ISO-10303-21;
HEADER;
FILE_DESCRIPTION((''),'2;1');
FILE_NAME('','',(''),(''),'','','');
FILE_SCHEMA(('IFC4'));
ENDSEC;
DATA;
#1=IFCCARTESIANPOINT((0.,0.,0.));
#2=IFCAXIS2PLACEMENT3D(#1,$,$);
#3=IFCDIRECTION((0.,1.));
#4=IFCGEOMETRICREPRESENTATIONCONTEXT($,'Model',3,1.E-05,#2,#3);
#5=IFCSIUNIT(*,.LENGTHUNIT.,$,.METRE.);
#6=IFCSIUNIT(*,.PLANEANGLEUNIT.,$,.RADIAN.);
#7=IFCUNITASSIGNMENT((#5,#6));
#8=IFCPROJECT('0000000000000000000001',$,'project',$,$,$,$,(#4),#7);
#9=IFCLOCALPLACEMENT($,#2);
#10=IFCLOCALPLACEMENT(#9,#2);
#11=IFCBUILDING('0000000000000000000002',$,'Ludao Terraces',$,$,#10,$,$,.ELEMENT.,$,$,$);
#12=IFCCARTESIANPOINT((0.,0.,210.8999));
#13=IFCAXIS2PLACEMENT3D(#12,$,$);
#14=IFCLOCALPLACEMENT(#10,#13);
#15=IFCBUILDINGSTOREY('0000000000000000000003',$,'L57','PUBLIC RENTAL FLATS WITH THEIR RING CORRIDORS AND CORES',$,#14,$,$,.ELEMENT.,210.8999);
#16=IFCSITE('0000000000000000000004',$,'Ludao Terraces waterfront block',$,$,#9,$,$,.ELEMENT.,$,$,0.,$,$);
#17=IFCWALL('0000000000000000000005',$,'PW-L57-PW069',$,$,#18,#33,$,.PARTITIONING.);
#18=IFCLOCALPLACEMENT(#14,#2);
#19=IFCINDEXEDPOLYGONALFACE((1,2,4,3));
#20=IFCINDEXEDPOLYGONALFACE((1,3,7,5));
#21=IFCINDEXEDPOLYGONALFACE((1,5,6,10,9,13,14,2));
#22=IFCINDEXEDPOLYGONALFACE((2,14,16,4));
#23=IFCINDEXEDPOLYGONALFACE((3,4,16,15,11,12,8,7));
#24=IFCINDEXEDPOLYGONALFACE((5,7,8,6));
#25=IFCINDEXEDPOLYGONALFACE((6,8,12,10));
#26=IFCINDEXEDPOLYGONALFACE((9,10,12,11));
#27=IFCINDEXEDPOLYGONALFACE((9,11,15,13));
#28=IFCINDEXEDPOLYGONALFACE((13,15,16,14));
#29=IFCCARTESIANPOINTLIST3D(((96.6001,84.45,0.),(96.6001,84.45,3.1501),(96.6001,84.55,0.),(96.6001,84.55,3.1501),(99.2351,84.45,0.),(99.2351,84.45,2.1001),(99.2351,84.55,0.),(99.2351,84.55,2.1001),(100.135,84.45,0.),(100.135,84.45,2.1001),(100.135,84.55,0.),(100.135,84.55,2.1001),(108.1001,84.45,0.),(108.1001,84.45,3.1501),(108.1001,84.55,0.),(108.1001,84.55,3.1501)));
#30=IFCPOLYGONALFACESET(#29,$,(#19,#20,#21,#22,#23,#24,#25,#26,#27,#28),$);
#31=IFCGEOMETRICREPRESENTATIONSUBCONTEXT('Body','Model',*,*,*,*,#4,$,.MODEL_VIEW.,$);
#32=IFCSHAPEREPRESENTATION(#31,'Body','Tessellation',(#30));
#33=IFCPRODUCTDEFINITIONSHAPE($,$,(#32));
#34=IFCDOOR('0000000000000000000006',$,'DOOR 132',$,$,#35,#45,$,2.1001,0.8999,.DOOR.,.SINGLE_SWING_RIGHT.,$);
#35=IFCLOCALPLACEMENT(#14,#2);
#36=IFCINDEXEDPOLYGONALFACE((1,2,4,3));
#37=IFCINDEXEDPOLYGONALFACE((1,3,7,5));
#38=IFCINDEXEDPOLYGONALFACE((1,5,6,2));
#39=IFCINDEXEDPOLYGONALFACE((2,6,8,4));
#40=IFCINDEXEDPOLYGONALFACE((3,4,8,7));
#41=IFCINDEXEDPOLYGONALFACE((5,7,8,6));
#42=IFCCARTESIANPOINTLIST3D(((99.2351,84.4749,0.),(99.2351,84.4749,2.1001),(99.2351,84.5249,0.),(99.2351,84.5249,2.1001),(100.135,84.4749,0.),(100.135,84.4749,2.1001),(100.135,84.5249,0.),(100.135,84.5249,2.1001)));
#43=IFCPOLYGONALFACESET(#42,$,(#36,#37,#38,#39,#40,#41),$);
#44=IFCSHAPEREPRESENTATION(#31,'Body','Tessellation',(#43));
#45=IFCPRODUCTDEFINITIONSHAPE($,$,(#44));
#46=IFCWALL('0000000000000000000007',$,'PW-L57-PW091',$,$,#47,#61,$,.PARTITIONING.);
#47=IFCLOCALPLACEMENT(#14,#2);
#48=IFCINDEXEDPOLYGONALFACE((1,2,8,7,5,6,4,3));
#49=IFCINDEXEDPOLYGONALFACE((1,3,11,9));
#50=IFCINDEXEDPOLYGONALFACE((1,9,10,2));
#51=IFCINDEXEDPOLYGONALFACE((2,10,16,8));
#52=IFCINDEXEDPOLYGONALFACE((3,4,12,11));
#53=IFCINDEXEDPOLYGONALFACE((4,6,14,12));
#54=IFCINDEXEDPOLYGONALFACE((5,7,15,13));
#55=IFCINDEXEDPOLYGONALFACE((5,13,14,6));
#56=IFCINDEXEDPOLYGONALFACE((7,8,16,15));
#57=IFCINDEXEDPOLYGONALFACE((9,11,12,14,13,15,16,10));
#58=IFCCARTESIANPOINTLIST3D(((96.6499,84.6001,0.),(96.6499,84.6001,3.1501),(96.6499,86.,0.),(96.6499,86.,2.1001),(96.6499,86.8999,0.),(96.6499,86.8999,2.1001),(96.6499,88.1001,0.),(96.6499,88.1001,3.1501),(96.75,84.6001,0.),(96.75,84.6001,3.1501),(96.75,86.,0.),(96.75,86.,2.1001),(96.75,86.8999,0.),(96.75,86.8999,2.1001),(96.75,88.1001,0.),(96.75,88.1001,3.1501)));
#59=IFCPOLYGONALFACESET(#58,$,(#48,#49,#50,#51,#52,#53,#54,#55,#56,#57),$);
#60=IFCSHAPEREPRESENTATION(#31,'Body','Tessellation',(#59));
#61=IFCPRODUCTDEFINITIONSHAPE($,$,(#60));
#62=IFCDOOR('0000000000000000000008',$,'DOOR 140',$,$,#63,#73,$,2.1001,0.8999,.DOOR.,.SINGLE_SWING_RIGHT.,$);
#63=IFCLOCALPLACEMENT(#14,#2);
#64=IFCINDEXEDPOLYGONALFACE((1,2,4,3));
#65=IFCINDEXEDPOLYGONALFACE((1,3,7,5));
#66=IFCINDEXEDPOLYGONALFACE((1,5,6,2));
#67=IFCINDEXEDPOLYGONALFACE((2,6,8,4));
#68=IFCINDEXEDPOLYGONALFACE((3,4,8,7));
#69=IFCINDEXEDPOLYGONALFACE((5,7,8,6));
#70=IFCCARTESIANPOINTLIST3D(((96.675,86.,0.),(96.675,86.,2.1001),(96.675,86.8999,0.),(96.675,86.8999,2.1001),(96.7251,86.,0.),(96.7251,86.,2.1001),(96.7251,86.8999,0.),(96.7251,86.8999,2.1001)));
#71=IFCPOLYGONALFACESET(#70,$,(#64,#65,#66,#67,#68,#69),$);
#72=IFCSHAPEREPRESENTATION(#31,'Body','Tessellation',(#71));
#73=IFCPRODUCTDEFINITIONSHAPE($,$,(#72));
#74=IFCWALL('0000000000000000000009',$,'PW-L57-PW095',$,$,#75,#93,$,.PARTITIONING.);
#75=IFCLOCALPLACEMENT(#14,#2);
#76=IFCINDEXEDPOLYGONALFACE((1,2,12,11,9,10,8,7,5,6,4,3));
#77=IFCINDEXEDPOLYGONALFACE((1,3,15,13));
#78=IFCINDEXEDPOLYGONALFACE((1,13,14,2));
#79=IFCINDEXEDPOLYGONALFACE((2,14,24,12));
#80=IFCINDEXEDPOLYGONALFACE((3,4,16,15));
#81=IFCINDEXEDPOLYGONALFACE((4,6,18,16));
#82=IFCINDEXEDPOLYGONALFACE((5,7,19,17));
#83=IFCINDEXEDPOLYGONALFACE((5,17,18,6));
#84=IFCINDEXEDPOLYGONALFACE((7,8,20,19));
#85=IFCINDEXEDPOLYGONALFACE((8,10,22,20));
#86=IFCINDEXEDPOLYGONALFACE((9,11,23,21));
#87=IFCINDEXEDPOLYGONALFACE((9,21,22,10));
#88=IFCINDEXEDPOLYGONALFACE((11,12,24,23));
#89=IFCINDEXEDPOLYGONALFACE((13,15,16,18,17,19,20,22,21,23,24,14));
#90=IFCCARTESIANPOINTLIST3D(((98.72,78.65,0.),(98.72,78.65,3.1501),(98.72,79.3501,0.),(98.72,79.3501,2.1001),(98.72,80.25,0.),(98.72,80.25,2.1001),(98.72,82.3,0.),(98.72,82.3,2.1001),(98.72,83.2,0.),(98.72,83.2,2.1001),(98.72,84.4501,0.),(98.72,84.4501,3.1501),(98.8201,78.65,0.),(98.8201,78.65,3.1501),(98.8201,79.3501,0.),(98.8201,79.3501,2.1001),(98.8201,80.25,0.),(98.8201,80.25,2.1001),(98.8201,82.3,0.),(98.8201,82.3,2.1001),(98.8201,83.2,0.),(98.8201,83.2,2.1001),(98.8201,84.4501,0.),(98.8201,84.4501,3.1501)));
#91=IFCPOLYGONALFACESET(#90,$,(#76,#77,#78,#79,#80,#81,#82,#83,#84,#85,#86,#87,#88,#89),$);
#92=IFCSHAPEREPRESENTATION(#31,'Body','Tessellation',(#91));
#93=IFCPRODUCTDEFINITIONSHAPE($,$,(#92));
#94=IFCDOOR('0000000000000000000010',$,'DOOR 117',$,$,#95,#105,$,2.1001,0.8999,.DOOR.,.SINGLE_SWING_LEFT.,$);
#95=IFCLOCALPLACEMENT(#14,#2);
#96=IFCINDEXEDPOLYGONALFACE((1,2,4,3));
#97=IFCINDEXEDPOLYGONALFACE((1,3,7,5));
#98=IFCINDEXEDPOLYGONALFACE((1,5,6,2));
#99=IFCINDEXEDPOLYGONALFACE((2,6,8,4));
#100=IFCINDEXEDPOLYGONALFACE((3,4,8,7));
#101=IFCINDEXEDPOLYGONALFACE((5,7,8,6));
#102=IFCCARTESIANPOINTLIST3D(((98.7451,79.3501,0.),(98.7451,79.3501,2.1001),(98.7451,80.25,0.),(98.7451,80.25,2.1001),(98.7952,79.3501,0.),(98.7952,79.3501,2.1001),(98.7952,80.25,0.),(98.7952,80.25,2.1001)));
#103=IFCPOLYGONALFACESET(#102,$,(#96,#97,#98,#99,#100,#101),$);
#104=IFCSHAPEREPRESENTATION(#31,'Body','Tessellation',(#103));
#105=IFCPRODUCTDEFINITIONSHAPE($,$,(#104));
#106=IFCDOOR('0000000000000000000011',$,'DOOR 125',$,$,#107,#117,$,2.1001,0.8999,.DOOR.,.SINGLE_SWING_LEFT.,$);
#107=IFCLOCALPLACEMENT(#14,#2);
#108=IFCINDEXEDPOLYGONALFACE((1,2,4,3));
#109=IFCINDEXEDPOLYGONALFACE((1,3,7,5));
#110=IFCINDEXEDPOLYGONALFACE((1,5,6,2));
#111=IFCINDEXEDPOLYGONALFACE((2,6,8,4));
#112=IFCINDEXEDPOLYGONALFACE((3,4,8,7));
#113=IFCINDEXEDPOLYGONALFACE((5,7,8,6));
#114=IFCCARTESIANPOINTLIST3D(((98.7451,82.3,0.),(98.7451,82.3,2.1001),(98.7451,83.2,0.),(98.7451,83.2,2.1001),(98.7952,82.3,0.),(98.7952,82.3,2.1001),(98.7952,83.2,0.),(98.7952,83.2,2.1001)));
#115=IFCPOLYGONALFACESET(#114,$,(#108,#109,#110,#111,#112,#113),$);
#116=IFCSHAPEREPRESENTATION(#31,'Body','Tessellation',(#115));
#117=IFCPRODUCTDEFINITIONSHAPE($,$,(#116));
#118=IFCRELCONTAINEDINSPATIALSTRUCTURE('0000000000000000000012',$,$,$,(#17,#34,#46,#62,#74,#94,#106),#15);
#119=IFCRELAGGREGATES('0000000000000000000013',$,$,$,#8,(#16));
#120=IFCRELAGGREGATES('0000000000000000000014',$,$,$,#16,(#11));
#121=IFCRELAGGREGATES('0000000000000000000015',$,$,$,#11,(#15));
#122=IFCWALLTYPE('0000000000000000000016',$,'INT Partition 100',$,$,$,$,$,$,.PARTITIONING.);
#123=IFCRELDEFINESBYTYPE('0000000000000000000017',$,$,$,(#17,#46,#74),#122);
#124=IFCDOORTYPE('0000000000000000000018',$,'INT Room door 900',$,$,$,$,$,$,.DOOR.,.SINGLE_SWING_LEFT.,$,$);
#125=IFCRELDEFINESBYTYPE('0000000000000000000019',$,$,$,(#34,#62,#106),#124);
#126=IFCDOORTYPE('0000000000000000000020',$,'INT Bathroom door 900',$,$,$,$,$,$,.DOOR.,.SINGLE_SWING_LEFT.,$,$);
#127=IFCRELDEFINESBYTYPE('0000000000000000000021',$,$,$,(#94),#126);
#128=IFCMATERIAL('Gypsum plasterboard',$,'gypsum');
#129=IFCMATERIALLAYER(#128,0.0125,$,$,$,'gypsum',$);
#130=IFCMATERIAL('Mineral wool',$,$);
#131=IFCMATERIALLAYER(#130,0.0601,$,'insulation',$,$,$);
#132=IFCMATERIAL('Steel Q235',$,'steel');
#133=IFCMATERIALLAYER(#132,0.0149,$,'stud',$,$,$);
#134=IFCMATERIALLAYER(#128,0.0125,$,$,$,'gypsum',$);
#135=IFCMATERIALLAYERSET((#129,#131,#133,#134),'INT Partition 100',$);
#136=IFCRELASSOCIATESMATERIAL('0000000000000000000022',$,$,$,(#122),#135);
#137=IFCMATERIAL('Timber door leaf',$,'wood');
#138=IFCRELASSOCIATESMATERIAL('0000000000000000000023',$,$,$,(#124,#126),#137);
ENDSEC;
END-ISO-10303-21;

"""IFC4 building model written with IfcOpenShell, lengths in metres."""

from ifc_helpers import new_model, si_unit, direction, frame, frame_2d, origin, place, context, subcontext, project, spatial, rectangle, extrude, material, layer, layer_set, type_object, element, fill, save


model = new_model("IFC4")

# Units and contexts
model_context = context("Model", 3, precision=1e-05, world=origin(), true_north=direction((0.0, 1.0)))
body_context = subcontext(model_context, "Body", "Model", "MODEL_VIEW")
ifc_project = project(units=[si_unit("LENGTHUNIT", "METRE"), si_unit("PLANEANGLEUNIT", "RADIAN")], contexts=[model_context])

# Site, building, storey
site_placement = place(None, origin())
site = spatial("IfcSite", under=ifc_project, at=site_placement, Name="Ludao Terraces waterfront block", CompositionType="ELEMENT", RefElevation=0.0)
building_placement = place(site_placement, origin())
building = spatial("IfcBuilding", under=site, at=building_placement, Name="Ludao Terraces", CompositionType="ELEMENT")
storey_placement = place(building_placement, frame((0.0, 0.0, 210.8999)))
storey = spatial("IfcBuildingStorey", under=building, at=storey_placement, Name="L57", Description="PUBLIC RENTAL FLATS WITH THEIR RING CORRIDORS AND CORES", CompositionType="ELEMENT", Elevation=210.8999)

# Shared definitions
ifc_material_1 = material(Name="Mineral wool")

# Shared definitions
ifc_material_2 = material(Name="Gypsum plasterboard", Category="gypsum")
ifc_layer_1 = layer(ifc_material_2, 0.0125, Category="gypsum")
ifc_layer_2 = layer(ifc_material_1, 0.0601, Name="insulation")
ifc_material_3 = material(Name="Steel Q235", Category="steel")
ifc_layer_3 = layer(ifc_material_3, 0.0149, Name="stud")
ifc_layer_4 = layer(ifc_material_2, 0.0125, Category="gypsum")
ifc_layer_set_1 = layer_set([ifc_layer_1, ifc_layer_2, ifc_layer_3, ifc_layer_4], Name="INT Partition 100")
wall_type_1 = type_object("IfcWallType", Name="INT Partition 100", PredefinedType="PARTITIONING", material=ifc_layer_set_1)

# Walls, openings, doors
wall_1_placement = place(storey_placement, frame((96.6001, 84.5, 0.0), z_axis=(0.0, 0.0, 1.0), x_axis=(1.0, 0.0, 0.0)))
wall_1 = element("IfcWall", 1, at=wall_1_placement, inside=storey, type_object=wall_type_1, Name="PW-L57-PW069", PredefinedType="PARTITIONING", context=body_context, shape_type="SweptSolid", body=[
    extrude(rectangle(XDim=11.5, YDim=0.1001, at=frame_2d((5.75, 0.0))), origin(), (0.0, 0.0, 1.0), 3.1501),
])
opening_1_placement = place(wall_1_placement, frame((2.635, 0.0, 0.0)))
opening_1 = element("IfcOpeningElement", 2, at=opening_1_placement, cuts=wall_1, PredefinedType="OPENING", context=body_context, shape_type="SweptSolid", body=[
    extrude(rectangle(XDim=0.8999, YDim=2.1001, at=frame_2d((0.45, 1.05))), frame((0.0, 0.0601, 0.0), z_axis=(0.0, -1.0, 0.0), x_axis=(1.0, 0.0, 0.0)), (0.0, 0.0, 1.0), 0.1201),
])
ifc_material_4 = material(Name="Timber door leaf", Category="wood")
door_type_1 = type_object("IfcDoorType", Name="INT Room door 900", OperationType="SINGLE_SWING_LEFT", PredefinedType="DOOR", material=ifc_material_4)
door_1_placement = place(opening_1_placement, origin())
door_1 = element("IfcDoor", 3, at=door_1_placement, inside=storey, type_object=door_type_1, Name="DOOR 132", OperationType="SINGLE_SWING_RIGHT", OverallHeight=2.1001, OverallWidth=0.8999, PredefinedType="DOOR", context=body_context, shape_type="SweptSolid", body=[
    extrude(rectangle(XDim=0.8999, YDim=2.1001, at=frame_2d((0.45, 1.05))), frame((0.0, 0.0249, 0.0), z_axis=(0.0, -1.0, 0.0), x_axis=(1.0, 0.0, 0.0)), (0.0, 0.0, 1.0), 0.05),
])
fill(opening_1, door_1)
wall_2_placement = place(storey_placement, frame((96.7, 84.6001, 0.0), z_axis=(0.0, 0.0, 1.0), x_axis=(0.0, 1.0, 0.0)))
wall_2 = element("IfcWall", 4, at=wall_2_placement, inside=storey, type_object=wall_type_1, Name="PW-L57-PW091", PredefinedType="PARTITIONING", context=body_context, shape_type="SweptSolid", body=[
    extrude(rectangle(XDim=3.5, YDim=0.1001, at=frame_2d((1.75, 0.0))), origin(), (0.0, 0.0, 1.0), 3.1501),
])
opening_2_placement = place(wall_2_placement, frame((1.3999, 0.0, 0.0)))
opening_2 = element("IfcOpeningElement", 5, at=opening_2_placement, cuts=wall_2, PredefinedType="OPENING", context=body_context, shape_type="SweptSolid", body=[
    extrude(rectangle(XDim=0.8999, YDim=2.1001, at=frame_2d((0.45, 1.05))), frame((0.0, 0.0601, 0.0), z_axis=(0.0, -1.0, 0.0), x_axis=(1.0, 0.0, 0.0)), (0.0, 0.0, 1.0), 0.1201),
])
door_2_placement = place(opening_2_placement, origin())
door_2 = element("IfcDoor", 6, at=door_2_placement, inside=storey, type_object=door_type_1, Name="DOOR 140", OperationType="SINGLE_SWING_RIGHT", OverallHeight=2.1001, OverallWidth=0.8999, PredefinedType="DOOR", context=body_context, shape_type="SweptSolid", body=[
    extrude(rectangle(XDim=0.8999, YDim=2.1001, at=frame_2d((0.45, 1.05))), frame((0.0, 0.0249, 0.0), z_axis=(0.0, -1.0, 0.0), x_axis=(1.0, 0.0, 0.0)), (0.0, 0.0, 1.0), 0.05),
])
fill(opening_2, door_2)

# Wall, openings, doors
wall_3_placement = place(storey_placement, frame((98.77, 78.6501, 0.0), z_axis=(0.0, 0.0, 1.0), x_axis=(0.0, 1.0, 0.0)))
wall_3 = element("IfcWall", 7, at=wall_3_placement, inside=storey, type_object=wall_type_1, Name="PW-L57-PW095", PredefinedType="PARTITIONING", context=body_context, shape_type="SweptSolid", body=[
    extrude(rectangle(XDim=5.8, YDim=0.1001, at=frame_2d((2.8999, 0.0))), origin(), (0.0, 0.0, 1.0), 3.1501),
])
opening_3_placement = place(wall_3_placement, frame((0.7, 0.0, 0.0)))
opening_3 = element("IfcOpeningElement", 8, at=opening_3_placement, cuts=wall_3, PredefinedType="OPENING", context=body_context, shape_type="SweptSolid", body=[
    extrude(rectangle(XDim=0.8999, YDim=2.1001, at=frame_2d((0.45, 1.05))), frame((0.0, 0.0601, 0.0), z_axis=(0.0, -1.0, 0.0), x_axis=(1.0, 0.0, 0.0)), (0.0, 0.0, 1.0), 0.1201),
])
opening_4_placement = place(wall_3_placement, frame((3.6499, 0.0, 0.0)))
opening_4 = element("IfcOpeningElement", 9, at=opening_4_placement, cuts=wall_3, PredefinedType="OPENING", context=body_context, shape_type="SweptSolid", body=[
    extrude(rectangle(XDim=0.8999, YDim=2.1001, at=frame_2d((0.45, 1.05))), frame((0.0, 0.0601, 0.0), z_axis=(0.0, -1.0, 0.0), x_axis=(1.0, 0.0, 0.0)), (0.0, 0.0, 1.0), 0.1201),
])
door_type_2 = type_object("IfcDoorType", Name="INT Bathroom door 900", OperationType="SINGLE_SWING_LEFT", PredefinedType="DOOR", material=ifc_material_4)
door_3_placement = place(opening_3_placement, origin())
door_3 = element("IfcDoor", 10, at=door_3_placement, inside=storey, type_object=door_type_2, Name="DOOR 117", OperationType="SINGLE_SWING_LEFT", OverallHeight=2.1001, OverallWidth=0.8999, PredefinedType="DOOR", context=body_context, shape_type="SweptSolid", body=[
    extrude(rectangle(XDim=0.8999, YDim=2.1001, at=frame_2d((0.45, 1.05))), frame((0.0, 0.0249, 0.0), z_axis=(0.0, -1.0, 0.0), x_axis=(1.0, 0.0, 0.0)), (0.0, 0.0, 1.0), 0.05),
])
fill(opening_3, door_3)
door_4_placement = place(opening_4_placement, origin())
door_4 = element("IfcDoor", 11, at=door_4_placement, inside=storey, type_object=door_type_1, Name="DOOR 125", OperationType="SINGLE_SWING_LEFT", OverallHeight=2.1001, OverallWidth=0.8999, PredefinedType="DOOR", context=body_context, shape_type="SweptSolid", body=[
    extrude(rectangle(XDim=0.8999, YDim=2.1001, at=frame_2d((0.45, 1.05))), frame((0.0, 0.0249, 0.0), z_axis=(0.0, -1.0, 0.0), x_axis=(1.0, 0.0, 0.0)), (0.0, 0.0, 1.0), 0.05),
])
fill(opening_4, door_4)

save(model, "model.ifc")
